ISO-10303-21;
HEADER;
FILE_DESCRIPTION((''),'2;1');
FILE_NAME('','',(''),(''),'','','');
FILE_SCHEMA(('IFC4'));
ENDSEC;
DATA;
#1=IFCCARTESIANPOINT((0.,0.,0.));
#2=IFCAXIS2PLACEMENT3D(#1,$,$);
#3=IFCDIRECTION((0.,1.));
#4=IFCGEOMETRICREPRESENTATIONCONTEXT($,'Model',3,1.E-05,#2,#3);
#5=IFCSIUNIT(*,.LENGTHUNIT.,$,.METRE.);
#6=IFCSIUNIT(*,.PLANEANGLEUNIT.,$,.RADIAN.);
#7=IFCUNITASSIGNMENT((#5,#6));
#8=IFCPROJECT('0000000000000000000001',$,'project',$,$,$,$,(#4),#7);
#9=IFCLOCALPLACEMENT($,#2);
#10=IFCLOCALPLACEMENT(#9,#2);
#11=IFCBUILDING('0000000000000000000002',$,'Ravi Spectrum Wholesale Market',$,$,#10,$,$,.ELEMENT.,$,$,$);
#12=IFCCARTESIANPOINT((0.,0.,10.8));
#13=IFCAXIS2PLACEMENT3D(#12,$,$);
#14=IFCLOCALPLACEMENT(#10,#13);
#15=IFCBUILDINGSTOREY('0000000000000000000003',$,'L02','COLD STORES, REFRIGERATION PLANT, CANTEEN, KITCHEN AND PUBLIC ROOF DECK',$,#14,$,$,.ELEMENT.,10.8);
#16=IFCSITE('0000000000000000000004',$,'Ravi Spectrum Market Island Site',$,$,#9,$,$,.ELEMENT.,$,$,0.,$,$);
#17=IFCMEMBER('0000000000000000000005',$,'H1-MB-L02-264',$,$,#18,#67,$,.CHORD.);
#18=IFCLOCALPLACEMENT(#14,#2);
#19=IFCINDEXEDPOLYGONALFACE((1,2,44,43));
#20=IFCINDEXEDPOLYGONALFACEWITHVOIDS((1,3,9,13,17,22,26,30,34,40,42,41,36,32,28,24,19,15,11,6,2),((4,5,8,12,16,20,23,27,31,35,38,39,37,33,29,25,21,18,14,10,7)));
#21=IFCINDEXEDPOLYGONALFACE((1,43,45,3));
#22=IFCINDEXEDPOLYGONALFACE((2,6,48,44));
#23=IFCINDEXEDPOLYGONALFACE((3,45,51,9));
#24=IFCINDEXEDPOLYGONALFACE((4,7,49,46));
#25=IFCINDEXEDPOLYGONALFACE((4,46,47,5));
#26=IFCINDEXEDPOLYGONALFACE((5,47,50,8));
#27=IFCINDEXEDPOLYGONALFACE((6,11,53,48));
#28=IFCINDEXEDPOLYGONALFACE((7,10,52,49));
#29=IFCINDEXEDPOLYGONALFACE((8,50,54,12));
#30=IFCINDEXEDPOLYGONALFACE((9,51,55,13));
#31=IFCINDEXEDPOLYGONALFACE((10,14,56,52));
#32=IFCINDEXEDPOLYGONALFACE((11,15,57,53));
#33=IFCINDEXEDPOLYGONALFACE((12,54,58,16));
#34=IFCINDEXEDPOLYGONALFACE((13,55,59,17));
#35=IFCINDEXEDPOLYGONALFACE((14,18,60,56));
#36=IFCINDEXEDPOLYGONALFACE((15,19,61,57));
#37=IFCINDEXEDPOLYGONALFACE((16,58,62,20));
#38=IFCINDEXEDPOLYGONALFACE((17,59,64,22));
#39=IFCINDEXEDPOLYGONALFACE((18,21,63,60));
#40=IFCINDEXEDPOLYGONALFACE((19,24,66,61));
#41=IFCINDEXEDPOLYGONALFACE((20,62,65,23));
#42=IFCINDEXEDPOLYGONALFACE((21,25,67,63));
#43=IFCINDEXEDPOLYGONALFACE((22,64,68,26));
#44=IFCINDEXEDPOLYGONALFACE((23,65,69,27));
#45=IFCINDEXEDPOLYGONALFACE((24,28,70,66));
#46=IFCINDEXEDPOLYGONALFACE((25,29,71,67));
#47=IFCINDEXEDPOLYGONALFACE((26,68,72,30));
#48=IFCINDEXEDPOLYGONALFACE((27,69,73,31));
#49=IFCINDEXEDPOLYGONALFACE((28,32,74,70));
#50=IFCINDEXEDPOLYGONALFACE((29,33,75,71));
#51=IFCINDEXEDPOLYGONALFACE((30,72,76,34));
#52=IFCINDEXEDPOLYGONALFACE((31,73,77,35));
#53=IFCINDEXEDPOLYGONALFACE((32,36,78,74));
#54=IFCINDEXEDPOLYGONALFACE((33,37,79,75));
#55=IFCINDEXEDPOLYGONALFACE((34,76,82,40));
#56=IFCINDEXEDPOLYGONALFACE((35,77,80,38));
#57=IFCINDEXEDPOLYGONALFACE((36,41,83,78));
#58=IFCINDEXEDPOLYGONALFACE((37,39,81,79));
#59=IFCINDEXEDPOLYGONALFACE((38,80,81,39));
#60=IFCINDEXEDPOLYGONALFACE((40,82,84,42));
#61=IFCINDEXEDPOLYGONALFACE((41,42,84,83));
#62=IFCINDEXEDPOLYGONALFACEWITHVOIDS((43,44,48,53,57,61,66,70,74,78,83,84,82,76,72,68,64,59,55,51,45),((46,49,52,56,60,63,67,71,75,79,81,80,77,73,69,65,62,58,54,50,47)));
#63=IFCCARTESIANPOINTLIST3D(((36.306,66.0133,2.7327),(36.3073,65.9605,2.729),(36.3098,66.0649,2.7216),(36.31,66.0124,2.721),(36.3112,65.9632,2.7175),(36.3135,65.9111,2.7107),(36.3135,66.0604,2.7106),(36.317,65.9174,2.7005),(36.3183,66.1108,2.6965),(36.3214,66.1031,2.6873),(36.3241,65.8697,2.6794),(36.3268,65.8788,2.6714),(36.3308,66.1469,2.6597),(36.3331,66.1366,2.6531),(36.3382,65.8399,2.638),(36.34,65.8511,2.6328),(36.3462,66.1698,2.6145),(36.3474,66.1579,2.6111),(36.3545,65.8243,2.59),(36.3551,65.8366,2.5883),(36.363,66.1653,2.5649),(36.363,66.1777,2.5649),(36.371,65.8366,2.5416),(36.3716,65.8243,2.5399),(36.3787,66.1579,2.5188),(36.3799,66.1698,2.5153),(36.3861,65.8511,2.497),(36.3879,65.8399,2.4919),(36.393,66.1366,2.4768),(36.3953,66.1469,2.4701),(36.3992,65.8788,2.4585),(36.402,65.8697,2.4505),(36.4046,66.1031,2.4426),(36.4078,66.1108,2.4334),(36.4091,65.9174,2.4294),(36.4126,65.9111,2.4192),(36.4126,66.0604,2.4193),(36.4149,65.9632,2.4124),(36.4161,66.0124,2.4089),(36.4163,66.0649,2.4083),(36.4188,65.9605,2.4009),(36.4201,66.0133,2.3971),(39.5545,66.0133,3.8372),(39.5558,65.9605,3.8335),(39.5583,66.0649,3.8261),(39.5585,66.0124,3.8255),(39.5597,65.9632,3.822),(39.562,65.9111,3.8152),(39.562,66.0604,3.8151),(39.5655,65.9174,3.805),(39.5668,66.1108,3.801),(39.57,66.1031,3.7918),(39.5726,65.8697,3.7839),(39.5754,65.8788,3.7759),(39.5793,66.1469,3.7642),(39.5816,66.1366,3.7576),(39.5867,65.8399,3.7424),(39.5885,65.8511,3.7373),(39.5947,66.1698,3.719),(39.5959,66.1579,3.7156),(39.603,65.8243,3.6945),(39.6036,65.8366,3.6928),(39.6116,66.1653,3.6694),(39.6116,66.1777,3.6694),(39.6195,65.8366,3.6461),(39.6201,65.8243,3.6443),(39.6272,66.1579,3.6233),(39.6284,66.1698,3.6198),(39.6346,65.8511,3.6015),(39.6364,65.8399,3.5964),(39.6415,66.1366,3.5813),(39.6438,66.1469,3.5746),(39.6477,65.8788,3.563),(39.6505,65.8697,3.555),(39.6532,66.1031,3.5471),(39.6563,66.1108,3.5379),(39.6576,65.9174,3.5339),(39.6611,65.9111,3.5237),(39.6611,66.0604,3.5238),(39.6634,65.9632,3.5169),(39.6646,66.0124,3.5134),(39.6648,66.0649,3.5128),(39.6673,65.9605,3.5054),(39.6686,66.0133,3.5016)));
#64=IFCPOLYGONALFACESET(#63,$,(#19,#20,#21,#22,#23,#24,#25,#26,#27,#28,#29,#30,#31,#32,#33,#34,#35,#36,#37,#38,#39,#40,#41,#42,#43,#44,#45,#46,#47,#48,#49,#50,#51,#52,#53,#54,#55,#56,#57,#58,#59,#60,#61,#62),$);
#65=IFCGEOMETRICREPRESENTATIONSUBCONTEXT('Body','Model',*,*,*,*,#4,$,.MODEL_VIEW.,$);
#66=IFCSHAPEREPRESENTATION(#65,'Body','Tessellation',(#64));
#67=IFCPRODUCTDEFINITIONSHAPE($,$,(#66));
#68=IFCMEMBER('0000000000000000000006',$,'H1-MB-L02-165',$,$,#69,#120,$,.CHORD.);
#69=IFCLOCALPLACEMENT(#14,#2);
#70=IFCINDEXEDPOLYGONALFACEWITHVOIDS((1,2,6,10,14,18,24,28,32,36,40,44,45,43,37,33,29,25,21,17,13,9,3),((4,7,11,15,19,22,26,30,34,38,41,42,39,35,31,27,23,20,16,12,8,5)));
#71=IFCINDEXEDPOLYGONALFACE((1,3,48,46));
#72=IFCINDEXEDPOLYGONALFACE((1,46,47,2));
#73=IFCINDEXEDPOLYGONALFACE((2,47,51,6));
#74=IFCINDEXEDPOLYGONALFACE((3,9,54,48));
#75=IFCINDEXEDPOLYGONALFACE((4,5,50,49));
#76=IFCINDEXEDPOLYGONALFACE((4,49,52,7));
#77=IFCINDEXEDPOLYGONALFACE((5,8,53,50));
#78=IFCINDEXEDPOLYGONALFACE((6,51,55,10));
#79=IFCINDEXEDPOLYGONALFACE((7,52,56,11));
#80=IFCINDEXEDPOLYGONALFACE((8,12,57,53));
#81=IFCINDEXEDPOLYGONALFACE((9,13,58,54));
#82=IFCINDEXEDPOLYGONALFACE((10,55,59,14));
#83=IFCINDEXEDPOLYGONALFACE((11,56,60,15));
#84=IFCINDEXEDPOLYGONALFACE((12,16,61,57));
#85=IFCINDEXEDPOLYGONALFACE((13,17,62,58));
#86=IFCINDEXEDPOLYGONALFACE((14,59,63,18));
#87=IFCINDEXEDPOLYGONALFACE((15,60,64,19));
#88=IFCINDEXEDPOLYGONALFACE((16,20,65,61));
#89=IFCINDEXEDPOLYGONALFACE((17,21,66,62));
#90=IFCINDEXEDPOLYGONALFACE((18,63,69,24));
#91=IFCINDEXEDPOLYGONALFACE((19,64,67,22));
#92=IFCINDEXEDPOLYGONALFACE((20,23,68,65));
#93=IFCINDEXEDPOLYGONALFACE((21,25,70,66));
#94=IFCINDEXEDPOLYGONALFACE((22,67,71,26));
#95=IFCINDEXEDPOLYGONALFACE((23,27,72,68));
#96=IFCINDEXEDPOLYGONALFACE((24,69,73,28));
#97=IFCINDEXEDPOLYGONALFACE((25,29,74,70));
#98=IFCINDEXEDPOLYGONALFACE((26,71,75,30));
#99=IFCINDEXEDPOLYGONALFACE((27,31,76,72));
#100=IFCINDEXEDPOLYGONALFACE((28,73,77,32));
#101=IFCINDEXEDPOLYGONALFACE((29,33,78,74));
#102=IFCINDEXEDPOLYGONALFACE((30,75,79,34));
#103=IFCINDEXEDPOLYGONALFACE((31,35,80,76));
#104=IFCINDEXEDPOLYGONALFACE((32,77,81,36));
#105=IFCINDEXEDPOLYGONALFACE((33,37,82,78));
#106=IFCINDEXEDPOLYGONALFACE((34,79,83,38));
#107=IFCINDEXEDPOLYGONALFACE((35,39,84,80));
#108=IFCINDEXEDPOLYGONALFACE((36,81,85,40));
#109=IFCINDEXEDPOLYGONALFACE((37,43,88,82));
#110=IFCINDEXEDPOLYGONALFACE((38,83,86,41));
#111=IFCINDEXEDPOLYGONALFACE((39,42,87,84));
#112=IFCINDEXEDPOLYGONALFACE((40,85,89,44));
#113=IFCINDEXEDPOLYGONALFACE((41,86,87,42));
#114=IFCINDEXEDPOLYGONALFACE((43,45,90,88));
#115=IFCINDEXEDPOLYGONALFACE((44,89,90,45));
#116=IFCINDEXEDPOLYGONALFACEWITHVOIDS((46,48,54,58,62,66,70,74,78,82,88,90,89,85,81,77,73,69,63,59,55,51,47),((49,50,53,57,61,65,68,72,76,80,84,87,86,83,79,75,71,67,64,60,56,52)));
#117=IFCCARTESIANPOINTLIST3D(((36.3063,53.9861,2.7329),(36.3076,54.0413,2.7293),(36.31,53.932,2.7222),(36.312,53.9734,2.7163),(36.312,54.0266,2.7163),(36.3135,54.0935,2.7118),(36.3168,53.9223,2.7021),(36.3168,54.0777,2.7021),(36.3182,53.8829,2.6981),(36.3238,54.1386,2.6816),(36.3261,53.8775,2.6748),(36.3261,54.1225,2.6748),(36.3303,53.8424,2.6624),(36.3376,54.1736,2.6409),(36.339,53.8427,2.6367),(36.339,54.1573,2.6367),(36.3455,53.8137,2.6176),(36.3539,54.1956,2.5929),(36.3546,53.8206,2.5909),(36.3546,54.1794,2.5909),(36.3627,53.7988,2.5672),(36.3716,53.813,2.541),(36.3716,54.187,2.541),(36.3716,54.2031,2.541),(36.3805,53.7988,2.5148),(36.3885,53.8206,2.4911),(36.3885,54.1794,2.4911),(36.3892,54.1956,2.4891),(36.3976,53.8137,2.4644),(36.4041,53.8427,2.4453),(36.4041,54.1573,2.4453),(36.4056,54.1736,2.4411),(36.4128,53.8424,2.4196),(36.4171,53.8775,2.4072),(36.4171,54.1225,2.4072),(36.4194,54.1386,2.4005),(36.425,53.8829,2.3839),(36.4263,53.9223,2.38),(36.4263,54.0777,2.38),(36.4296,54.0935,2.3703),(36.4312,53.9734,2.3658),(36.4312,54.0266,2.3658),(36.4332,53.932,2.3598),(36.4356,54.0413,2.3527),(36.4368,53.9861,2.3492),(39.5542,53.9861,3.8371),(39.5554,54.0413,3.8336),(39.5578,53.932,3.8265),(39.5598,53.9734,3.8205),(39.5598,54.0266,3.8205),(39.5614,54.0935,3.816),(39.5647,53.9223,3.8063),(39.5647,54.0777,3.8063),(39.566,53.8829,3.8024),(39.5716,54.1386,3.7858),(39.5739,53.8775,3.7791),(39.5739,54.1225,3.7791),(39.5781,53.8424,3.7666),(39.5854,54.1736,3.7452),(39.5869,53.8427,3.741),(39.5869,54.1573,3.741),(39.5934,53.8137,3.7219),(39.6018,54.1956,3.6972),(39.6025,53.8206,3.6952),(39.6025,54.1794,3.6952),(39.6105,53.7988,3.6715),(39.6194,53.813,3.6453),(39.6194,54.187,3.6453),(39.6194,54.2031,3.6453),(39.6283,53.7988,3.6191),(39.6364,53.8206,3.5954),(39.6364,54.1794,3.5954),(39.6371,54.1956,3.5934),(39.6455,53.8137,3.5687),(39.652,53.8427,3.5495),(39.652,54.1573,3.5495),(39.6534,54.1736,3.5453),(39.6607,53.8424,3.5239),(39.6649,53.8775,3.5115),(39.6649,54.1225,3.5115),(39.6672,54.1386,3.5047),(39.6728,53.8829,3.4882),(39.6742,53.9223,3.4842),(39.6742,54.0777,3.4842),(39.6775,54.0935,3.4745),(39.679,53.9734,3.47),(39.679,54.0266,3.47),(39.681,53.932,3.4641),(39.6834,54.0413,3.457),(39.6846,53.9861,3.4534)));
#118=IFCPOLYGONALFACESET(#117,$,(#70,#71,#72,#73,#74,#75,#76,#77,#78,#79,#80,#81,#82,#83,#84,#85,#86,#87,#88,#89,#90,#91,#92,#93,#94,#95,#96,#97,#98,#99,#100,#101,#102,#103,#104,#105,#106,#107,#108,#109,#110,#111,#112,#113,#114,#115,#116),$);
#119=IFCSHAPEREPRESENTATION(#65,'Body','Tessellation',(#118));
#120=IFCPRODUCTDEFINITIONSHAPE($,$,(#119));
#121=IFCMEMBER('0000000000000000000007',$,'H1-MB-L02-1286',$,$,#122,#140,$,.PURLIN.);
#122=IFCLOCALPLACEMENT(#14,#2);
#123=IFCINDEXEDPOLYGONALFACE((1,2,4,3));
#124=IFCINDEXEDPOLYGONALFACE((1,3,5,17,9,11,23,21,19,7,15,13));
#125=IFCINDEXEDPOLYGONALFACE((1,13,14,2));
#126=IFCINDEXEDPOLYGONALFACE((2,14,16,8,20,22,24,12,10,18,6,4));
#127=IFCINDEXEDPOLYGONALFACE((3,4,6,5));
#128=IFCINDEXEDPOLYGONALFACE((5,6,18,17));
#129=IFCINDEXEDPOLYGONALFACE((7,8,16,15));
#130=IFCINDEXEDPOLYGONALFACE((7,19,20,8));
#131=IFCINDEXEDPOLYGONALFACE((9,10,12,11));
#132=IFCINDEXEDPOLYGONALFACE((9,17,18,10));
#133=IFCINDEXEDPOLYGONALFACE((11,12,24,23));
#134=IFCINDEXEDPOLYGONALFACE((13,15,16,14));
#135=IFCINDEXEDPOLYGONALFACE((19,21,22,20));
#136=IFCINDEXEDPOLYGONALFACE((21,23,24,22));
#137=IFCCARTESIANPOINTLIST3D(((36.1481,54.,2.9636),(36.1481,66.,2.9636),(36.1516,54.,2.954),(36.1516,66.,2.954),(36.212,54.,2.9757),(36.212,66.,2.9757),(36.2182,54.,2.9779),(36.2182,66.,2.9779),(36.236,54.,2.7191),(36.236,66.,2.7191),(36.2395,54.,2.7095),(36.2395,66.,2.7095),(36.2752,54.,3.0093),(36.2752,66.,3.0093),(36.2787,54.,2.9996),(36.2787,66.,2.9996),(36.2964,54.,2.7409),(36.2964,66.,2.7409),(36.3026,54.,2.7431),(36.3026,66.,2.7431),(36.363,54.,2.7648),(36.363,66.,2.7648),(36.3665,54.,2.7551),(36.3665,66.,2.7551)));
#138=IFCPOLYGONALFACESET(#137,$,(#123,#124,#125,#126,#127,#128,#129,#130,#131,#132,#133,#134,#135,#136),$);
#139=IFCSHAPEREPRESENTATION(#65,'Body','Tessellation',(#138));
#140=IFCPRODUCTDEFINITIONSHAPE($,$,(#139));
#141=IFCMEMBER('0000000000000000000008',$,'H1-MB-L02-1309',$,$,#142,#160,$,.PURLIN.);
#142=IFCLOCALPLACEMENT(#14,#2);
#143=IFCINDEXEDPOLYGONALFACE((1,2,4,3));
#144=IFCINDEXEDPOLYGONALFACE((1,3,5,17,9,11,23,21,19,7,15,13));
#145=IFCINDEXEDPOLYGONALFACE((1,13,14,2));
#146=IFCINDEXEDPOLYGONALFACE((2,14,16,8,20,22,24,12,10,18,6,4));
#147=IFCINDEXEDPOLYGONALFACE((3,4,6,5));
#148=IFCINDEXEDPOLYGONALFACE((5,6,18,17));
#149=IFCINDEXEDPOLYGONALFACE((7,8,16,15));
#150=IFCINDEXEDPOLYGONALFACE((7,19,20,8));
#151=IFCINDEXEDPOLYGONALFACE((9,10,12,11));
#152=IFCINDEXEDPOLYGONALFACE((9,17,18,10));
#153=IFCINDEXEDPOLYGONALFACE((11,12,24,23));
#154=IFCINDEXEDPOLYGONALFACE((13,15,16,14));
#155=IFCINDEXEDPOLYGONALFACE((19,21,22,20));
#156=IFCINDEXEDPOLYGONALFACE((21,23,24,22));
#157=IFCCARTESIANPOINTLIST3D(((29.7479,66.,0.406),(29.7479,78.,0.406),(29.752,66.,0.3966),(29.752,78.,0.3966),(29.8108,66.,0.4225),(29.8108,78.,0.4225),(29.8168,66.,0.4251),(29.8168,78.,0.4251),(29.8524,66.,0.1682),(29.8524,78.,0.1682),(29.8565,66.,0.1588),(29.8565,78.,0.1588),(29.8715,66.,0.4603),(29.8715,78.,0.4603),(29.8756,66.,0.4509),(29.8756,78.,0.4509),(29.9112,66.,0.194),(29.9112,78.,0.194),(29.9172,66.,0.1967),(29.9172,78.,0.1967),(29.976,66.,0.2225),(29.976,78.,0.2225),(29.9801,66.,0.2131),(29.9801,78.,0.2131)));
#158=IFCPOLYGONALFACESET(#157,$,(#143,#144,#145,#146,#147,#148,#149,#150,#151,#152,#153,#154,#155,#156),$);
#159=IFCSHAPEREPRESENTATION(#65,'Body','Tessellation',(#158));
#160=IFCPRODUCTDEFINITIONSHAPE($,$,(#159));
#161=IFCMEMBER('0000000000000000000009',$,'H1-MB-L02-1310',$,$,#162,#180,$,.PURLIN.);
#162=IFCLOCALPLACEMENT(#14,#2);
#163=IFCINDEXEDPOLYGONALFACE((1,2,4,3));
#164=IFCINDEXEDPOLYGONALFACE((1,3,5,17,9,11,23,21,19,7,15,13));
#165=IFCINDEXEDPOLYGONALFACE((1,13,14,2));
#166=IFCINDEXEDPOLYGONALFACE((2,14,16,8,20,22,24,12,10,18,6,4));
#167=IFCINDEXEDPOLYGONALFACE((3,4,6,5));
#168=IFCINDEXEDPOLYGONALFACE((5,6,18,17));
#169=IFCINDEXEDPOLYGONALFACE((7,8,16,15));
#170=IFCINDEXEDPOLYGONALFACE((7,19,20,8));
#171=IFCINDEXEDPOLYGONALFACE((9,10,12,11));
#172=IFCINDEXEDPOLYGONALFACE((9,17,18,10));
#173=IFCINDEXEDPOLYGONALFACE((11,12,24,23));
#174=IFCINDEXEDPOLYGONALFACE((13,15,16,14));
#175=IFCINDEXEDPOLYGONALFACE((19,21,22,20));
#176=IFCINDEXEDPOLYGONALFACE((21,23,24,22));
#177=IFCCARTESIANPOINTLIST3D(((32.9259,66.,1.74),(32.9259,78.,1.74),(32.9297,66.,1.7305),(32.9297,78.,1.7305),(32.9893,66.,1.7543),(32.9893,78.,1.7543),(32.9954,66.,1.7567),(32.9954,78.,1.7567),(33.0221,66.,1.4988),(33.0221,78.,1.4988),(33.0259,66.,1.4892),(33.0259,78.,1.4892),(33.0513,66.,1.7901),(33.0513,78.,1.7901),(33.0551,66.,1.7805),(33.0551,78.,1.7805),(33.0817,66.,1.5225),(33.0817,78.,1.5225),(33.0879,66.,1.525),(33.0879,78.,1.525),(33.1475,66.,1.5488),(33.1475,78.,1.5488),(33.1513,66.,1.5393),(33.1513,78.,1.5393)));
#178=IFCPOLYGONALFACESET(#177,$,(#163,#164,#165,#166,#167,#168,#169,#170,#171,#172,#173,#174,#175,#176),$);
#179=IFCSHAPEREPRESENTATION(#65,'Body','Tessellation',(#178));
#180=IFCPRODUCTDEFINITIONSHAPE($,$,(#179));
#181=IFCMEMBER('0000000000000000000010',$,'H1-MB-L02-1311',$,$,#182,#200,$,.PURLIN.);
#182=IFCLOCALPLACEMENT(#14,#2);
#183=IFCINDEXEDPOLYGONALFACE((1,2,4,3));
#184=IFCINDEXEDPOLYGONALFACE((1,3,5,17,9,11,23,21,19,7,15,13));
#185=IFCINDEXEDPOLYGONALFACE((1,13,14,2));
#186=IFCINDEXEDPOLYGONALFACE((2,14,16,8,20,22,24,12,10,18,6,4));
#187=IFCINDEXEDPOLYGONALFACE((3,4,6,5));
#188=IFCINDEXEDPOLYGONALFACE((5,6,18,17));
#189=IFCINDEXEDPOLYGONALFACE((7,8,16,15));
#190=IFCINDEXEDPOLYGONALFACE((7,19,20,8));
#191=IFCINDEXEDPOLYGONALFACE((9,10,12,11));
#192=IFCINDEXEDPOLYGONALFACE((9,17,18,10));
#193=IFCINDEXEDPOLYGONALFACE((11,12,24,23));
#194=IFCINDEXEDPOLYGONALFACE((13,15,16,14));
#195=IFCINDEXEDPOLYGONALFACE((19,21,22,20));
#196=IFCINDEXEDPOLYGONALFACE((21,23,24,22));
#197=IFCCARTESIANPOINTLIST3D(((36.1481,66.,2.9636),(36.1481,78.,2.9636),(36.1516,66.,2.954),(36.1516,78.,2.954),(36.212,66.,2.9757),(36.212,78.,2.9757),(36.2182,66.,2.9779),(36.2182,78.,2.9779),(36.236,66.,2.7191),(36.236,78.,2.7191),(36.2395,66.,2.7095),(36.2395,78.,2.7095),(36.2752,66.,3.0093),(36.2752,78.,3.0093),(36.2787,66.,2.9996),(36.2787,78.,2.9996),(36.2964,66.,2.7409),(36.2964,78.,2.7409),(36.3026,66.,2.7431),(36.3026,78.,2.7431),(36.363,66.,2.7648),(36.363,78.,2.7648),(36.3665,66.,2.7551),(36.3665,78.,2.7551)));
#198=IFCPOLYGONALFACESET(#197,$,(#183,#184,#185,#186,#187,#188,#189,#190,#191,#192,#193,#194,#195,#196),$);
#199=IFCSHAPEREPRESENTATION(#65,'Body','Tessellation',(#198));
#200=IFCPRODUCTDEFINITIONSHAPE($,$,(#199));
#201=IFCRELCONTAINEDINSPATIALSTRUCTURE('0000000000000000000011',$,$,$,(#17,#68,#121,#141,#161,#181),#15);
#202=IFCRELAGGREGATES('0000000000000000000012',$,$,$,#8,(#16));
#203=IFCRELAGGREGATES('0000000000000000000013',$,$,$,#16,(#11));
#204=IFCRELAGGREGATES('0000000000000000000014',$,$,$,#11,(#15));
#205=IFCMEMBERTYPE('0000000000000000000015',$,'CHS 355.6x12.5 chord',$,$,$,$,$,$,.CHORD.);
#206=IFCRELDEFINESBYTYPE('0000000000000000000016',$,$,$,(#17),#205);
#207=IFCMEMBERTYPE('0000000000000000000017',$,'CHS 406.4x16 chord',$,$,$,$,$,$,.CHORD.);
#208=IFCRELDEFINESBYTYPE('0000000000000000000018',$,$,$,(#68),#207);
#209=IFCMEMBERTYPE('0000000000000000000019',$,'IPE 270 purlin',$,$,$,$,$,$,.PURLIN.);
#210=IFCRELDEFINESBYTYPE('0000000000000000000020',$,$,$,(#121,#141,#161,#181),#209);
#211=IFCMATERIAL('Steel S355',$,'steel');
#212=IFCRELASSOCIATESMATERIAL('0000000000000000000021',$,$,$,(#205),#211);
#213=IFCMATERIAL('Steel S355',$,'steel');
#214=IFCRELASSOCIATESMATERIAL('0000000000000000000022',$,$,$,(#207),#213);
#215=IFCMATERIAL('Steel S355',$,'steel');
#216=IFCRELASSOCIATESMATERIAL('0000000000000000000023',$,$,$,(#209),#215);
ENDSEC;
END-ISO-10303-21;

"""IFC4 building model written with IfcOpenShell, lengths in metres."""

from ifc_helpers import new_model, si_unit, direction, frame, origin, origin_2d, place, context, subcontext, project, spatial, hollow_circle, i_section, extrude, material, material_profile, profile_set, type_object, element, save


model = new_model("IFC4")

# Units and contexts
model_context = context("Model", 3, precision=1e-05, world=origin(), true_north=direction((0.0, 1.0)))
body_context = subcontext(model_context, "Body", "Model", "MODEL_VIEW")
ifc_project = project(units=[si_unit("LENGTHUNIT", "METRE"), si_unit("PLANEANGLEUNIT", "RADIAN")], contexts=[model_context])

# Site, building, storey
site_placement = place(None, origin())
site = spatial("IfcSite", under=ifc_project, at=site_placement, Name="Ravi Spectrum Market Island Site", CompositionType="ELEMENT", RefElevation=0.0)
building_placement = place(site_placement, origin())
building = spatial("IfcBuilding", under=site, at=building_placement, Name="Ravi Spectrum Wholesale Market", CompositionType="ELEMENT")
storey_placement = place(building_placement, frame((0.0, 0.0, 10.8)))
storey = spatial("IfcBuildingStorey", under=building, at=storey_placement, Name="L02", Description="COLD STORES, REFRIGERATION PLANT, CANTEEN, KITCHEN AND PUBLIC ROOF DECK", CompositionType="ELEMENT", Elevation=10.8)

# Members
ifc_material_1 = material(Name="Steel S355", Category="steel")
ifc_material_profile_1 = material_profile(ifc_material_1, hollow_circle(Radius=0.1777, WallThickness=0.0125, at=origin_2d()))
ifc_profile_set_1 = profile_set([ifc_material_profile_1], Name="Steel S355")
member_type_1 = type_object("IfcMemberType", Name="CHS 355.6x12.5 chord", PredefinedType="CHORD", material=ifc_profile_set_1)
for number, where, z_axis, x_axis, name in (
    (1, (36.363, 66.0, 2.5649), (0.946774, 0.0, 0.3219), (0.0, 1.0, 0.0), "H1-MB-L02-264"),
):
    element("IfcMember", number, at=place(storey_placement, frame(where, z_axis=z_axis, x_axis=x_axis)), inside=storey, type_object=member_type_1, Name=name, PredefinedType="CHORD", context=body_context, shape_type="SweptSolid", body=[
        extrude(hollow_circle(Radius=0.1777, WallThickness=0.0125, at=origin_2d()), origin(), (0.0, 0.0, 1.0), 3.4312),
    ])
ifc_material_2 = material(Name="Steel S355", Category="steel")
ifc_material_profile_2 = material_profile(ifc_material_2, hollow_circle(Radius=0.2031, WallThickness=0.0161, at=origin_2d()))
ifc_profile_set_2 = profile_set([ifc_material_profile_2], Name="Steel S355")
member_type_2 = type_object("IfcMemberType", Name="CHS 406.4x16 chord", PredefinedType="CHORD", material=ifc_profile_set_2)
member_1_placement = place(storey_placement, frame((36.3716, 54.0, 2.541), z_axis=(0.946773, 0.0, 0.321901), x_axis=(0.0, 1.0, 0.0)))
element("IfcMember", 2, at=member_1_placement, inside=storey, type_object=member_type_2, Name="H1-MB-L02-165", PredefinedType="CHORD", context=body_context, shape_type="SweptSolid", body=[
    extrude(hollow_circle(Radius=0.2031, WallThickness=0.0161, at=origin_2d()), origin(), (0.0, 0.0, 1.0), 3.4304),
])
ifc_material_3 = material(Name="Steel S355", Category="steel")
ifc_material_profile_3 = material_profile(ifc_material_3, i_section(OverallWidth=0.135, OverallDepth=0.27, WebThickness=0.0066, FlangeThickness=0.0103, at=origin_2d()))
ifc_profile_set_3 = profile_set([ifc_material_profile_3], Name="Steel S355")
member_type_3 = type_object("IfcMemberType", Name="IPE 270 purlin", PredefinedType="PURLIN", material=ifc_profile_set_3)
for number, where, z_axis, x_axis, name in (
    (3, (36.2573, 54.0, 2.8594), (0.0, 1.0, 0.0), (-0.94108, 0.0, -0.338184), "H1-MB-L02-1286"),
    (4, (29.864, 66.0, 0.3096), (0.0, 1.0, 0.0), (-0.915525, 0.0, -0.40226), "H1-MB-L02-1309"),
    (5, (33.0386, 66.0, 1.6396), (0.0, 1.0, 0.0), (-0.928855, 0.0, -0.370443), "H1-MB-L02-1310"),
    (6, (36.2573, 66.0, 2.8594), (0.0, 1.0, 0.0), (-0.94108, 0.0, -0.338184), "H1-MB-L02-1311"),
):
    element("IfcMember", number, at=place(storey_placement, frame(where, z_axis=z_axis, x_axis=x_axis)), inside=storey, type_object=member_type_3, Name=name, PredefinedType="PURLIN", context=body_context, shape_type="SweptSolid", body=[
        extrude(i_section(OverallWidth=0.135, OverallDepth=0.27, WebThickness=0.0066, FlangeThickness=0.0103, at=origin_2d()), origin(), (0.0, 0.0, 1.0), 12.0),
    ])

save(model, "model.ifc")
